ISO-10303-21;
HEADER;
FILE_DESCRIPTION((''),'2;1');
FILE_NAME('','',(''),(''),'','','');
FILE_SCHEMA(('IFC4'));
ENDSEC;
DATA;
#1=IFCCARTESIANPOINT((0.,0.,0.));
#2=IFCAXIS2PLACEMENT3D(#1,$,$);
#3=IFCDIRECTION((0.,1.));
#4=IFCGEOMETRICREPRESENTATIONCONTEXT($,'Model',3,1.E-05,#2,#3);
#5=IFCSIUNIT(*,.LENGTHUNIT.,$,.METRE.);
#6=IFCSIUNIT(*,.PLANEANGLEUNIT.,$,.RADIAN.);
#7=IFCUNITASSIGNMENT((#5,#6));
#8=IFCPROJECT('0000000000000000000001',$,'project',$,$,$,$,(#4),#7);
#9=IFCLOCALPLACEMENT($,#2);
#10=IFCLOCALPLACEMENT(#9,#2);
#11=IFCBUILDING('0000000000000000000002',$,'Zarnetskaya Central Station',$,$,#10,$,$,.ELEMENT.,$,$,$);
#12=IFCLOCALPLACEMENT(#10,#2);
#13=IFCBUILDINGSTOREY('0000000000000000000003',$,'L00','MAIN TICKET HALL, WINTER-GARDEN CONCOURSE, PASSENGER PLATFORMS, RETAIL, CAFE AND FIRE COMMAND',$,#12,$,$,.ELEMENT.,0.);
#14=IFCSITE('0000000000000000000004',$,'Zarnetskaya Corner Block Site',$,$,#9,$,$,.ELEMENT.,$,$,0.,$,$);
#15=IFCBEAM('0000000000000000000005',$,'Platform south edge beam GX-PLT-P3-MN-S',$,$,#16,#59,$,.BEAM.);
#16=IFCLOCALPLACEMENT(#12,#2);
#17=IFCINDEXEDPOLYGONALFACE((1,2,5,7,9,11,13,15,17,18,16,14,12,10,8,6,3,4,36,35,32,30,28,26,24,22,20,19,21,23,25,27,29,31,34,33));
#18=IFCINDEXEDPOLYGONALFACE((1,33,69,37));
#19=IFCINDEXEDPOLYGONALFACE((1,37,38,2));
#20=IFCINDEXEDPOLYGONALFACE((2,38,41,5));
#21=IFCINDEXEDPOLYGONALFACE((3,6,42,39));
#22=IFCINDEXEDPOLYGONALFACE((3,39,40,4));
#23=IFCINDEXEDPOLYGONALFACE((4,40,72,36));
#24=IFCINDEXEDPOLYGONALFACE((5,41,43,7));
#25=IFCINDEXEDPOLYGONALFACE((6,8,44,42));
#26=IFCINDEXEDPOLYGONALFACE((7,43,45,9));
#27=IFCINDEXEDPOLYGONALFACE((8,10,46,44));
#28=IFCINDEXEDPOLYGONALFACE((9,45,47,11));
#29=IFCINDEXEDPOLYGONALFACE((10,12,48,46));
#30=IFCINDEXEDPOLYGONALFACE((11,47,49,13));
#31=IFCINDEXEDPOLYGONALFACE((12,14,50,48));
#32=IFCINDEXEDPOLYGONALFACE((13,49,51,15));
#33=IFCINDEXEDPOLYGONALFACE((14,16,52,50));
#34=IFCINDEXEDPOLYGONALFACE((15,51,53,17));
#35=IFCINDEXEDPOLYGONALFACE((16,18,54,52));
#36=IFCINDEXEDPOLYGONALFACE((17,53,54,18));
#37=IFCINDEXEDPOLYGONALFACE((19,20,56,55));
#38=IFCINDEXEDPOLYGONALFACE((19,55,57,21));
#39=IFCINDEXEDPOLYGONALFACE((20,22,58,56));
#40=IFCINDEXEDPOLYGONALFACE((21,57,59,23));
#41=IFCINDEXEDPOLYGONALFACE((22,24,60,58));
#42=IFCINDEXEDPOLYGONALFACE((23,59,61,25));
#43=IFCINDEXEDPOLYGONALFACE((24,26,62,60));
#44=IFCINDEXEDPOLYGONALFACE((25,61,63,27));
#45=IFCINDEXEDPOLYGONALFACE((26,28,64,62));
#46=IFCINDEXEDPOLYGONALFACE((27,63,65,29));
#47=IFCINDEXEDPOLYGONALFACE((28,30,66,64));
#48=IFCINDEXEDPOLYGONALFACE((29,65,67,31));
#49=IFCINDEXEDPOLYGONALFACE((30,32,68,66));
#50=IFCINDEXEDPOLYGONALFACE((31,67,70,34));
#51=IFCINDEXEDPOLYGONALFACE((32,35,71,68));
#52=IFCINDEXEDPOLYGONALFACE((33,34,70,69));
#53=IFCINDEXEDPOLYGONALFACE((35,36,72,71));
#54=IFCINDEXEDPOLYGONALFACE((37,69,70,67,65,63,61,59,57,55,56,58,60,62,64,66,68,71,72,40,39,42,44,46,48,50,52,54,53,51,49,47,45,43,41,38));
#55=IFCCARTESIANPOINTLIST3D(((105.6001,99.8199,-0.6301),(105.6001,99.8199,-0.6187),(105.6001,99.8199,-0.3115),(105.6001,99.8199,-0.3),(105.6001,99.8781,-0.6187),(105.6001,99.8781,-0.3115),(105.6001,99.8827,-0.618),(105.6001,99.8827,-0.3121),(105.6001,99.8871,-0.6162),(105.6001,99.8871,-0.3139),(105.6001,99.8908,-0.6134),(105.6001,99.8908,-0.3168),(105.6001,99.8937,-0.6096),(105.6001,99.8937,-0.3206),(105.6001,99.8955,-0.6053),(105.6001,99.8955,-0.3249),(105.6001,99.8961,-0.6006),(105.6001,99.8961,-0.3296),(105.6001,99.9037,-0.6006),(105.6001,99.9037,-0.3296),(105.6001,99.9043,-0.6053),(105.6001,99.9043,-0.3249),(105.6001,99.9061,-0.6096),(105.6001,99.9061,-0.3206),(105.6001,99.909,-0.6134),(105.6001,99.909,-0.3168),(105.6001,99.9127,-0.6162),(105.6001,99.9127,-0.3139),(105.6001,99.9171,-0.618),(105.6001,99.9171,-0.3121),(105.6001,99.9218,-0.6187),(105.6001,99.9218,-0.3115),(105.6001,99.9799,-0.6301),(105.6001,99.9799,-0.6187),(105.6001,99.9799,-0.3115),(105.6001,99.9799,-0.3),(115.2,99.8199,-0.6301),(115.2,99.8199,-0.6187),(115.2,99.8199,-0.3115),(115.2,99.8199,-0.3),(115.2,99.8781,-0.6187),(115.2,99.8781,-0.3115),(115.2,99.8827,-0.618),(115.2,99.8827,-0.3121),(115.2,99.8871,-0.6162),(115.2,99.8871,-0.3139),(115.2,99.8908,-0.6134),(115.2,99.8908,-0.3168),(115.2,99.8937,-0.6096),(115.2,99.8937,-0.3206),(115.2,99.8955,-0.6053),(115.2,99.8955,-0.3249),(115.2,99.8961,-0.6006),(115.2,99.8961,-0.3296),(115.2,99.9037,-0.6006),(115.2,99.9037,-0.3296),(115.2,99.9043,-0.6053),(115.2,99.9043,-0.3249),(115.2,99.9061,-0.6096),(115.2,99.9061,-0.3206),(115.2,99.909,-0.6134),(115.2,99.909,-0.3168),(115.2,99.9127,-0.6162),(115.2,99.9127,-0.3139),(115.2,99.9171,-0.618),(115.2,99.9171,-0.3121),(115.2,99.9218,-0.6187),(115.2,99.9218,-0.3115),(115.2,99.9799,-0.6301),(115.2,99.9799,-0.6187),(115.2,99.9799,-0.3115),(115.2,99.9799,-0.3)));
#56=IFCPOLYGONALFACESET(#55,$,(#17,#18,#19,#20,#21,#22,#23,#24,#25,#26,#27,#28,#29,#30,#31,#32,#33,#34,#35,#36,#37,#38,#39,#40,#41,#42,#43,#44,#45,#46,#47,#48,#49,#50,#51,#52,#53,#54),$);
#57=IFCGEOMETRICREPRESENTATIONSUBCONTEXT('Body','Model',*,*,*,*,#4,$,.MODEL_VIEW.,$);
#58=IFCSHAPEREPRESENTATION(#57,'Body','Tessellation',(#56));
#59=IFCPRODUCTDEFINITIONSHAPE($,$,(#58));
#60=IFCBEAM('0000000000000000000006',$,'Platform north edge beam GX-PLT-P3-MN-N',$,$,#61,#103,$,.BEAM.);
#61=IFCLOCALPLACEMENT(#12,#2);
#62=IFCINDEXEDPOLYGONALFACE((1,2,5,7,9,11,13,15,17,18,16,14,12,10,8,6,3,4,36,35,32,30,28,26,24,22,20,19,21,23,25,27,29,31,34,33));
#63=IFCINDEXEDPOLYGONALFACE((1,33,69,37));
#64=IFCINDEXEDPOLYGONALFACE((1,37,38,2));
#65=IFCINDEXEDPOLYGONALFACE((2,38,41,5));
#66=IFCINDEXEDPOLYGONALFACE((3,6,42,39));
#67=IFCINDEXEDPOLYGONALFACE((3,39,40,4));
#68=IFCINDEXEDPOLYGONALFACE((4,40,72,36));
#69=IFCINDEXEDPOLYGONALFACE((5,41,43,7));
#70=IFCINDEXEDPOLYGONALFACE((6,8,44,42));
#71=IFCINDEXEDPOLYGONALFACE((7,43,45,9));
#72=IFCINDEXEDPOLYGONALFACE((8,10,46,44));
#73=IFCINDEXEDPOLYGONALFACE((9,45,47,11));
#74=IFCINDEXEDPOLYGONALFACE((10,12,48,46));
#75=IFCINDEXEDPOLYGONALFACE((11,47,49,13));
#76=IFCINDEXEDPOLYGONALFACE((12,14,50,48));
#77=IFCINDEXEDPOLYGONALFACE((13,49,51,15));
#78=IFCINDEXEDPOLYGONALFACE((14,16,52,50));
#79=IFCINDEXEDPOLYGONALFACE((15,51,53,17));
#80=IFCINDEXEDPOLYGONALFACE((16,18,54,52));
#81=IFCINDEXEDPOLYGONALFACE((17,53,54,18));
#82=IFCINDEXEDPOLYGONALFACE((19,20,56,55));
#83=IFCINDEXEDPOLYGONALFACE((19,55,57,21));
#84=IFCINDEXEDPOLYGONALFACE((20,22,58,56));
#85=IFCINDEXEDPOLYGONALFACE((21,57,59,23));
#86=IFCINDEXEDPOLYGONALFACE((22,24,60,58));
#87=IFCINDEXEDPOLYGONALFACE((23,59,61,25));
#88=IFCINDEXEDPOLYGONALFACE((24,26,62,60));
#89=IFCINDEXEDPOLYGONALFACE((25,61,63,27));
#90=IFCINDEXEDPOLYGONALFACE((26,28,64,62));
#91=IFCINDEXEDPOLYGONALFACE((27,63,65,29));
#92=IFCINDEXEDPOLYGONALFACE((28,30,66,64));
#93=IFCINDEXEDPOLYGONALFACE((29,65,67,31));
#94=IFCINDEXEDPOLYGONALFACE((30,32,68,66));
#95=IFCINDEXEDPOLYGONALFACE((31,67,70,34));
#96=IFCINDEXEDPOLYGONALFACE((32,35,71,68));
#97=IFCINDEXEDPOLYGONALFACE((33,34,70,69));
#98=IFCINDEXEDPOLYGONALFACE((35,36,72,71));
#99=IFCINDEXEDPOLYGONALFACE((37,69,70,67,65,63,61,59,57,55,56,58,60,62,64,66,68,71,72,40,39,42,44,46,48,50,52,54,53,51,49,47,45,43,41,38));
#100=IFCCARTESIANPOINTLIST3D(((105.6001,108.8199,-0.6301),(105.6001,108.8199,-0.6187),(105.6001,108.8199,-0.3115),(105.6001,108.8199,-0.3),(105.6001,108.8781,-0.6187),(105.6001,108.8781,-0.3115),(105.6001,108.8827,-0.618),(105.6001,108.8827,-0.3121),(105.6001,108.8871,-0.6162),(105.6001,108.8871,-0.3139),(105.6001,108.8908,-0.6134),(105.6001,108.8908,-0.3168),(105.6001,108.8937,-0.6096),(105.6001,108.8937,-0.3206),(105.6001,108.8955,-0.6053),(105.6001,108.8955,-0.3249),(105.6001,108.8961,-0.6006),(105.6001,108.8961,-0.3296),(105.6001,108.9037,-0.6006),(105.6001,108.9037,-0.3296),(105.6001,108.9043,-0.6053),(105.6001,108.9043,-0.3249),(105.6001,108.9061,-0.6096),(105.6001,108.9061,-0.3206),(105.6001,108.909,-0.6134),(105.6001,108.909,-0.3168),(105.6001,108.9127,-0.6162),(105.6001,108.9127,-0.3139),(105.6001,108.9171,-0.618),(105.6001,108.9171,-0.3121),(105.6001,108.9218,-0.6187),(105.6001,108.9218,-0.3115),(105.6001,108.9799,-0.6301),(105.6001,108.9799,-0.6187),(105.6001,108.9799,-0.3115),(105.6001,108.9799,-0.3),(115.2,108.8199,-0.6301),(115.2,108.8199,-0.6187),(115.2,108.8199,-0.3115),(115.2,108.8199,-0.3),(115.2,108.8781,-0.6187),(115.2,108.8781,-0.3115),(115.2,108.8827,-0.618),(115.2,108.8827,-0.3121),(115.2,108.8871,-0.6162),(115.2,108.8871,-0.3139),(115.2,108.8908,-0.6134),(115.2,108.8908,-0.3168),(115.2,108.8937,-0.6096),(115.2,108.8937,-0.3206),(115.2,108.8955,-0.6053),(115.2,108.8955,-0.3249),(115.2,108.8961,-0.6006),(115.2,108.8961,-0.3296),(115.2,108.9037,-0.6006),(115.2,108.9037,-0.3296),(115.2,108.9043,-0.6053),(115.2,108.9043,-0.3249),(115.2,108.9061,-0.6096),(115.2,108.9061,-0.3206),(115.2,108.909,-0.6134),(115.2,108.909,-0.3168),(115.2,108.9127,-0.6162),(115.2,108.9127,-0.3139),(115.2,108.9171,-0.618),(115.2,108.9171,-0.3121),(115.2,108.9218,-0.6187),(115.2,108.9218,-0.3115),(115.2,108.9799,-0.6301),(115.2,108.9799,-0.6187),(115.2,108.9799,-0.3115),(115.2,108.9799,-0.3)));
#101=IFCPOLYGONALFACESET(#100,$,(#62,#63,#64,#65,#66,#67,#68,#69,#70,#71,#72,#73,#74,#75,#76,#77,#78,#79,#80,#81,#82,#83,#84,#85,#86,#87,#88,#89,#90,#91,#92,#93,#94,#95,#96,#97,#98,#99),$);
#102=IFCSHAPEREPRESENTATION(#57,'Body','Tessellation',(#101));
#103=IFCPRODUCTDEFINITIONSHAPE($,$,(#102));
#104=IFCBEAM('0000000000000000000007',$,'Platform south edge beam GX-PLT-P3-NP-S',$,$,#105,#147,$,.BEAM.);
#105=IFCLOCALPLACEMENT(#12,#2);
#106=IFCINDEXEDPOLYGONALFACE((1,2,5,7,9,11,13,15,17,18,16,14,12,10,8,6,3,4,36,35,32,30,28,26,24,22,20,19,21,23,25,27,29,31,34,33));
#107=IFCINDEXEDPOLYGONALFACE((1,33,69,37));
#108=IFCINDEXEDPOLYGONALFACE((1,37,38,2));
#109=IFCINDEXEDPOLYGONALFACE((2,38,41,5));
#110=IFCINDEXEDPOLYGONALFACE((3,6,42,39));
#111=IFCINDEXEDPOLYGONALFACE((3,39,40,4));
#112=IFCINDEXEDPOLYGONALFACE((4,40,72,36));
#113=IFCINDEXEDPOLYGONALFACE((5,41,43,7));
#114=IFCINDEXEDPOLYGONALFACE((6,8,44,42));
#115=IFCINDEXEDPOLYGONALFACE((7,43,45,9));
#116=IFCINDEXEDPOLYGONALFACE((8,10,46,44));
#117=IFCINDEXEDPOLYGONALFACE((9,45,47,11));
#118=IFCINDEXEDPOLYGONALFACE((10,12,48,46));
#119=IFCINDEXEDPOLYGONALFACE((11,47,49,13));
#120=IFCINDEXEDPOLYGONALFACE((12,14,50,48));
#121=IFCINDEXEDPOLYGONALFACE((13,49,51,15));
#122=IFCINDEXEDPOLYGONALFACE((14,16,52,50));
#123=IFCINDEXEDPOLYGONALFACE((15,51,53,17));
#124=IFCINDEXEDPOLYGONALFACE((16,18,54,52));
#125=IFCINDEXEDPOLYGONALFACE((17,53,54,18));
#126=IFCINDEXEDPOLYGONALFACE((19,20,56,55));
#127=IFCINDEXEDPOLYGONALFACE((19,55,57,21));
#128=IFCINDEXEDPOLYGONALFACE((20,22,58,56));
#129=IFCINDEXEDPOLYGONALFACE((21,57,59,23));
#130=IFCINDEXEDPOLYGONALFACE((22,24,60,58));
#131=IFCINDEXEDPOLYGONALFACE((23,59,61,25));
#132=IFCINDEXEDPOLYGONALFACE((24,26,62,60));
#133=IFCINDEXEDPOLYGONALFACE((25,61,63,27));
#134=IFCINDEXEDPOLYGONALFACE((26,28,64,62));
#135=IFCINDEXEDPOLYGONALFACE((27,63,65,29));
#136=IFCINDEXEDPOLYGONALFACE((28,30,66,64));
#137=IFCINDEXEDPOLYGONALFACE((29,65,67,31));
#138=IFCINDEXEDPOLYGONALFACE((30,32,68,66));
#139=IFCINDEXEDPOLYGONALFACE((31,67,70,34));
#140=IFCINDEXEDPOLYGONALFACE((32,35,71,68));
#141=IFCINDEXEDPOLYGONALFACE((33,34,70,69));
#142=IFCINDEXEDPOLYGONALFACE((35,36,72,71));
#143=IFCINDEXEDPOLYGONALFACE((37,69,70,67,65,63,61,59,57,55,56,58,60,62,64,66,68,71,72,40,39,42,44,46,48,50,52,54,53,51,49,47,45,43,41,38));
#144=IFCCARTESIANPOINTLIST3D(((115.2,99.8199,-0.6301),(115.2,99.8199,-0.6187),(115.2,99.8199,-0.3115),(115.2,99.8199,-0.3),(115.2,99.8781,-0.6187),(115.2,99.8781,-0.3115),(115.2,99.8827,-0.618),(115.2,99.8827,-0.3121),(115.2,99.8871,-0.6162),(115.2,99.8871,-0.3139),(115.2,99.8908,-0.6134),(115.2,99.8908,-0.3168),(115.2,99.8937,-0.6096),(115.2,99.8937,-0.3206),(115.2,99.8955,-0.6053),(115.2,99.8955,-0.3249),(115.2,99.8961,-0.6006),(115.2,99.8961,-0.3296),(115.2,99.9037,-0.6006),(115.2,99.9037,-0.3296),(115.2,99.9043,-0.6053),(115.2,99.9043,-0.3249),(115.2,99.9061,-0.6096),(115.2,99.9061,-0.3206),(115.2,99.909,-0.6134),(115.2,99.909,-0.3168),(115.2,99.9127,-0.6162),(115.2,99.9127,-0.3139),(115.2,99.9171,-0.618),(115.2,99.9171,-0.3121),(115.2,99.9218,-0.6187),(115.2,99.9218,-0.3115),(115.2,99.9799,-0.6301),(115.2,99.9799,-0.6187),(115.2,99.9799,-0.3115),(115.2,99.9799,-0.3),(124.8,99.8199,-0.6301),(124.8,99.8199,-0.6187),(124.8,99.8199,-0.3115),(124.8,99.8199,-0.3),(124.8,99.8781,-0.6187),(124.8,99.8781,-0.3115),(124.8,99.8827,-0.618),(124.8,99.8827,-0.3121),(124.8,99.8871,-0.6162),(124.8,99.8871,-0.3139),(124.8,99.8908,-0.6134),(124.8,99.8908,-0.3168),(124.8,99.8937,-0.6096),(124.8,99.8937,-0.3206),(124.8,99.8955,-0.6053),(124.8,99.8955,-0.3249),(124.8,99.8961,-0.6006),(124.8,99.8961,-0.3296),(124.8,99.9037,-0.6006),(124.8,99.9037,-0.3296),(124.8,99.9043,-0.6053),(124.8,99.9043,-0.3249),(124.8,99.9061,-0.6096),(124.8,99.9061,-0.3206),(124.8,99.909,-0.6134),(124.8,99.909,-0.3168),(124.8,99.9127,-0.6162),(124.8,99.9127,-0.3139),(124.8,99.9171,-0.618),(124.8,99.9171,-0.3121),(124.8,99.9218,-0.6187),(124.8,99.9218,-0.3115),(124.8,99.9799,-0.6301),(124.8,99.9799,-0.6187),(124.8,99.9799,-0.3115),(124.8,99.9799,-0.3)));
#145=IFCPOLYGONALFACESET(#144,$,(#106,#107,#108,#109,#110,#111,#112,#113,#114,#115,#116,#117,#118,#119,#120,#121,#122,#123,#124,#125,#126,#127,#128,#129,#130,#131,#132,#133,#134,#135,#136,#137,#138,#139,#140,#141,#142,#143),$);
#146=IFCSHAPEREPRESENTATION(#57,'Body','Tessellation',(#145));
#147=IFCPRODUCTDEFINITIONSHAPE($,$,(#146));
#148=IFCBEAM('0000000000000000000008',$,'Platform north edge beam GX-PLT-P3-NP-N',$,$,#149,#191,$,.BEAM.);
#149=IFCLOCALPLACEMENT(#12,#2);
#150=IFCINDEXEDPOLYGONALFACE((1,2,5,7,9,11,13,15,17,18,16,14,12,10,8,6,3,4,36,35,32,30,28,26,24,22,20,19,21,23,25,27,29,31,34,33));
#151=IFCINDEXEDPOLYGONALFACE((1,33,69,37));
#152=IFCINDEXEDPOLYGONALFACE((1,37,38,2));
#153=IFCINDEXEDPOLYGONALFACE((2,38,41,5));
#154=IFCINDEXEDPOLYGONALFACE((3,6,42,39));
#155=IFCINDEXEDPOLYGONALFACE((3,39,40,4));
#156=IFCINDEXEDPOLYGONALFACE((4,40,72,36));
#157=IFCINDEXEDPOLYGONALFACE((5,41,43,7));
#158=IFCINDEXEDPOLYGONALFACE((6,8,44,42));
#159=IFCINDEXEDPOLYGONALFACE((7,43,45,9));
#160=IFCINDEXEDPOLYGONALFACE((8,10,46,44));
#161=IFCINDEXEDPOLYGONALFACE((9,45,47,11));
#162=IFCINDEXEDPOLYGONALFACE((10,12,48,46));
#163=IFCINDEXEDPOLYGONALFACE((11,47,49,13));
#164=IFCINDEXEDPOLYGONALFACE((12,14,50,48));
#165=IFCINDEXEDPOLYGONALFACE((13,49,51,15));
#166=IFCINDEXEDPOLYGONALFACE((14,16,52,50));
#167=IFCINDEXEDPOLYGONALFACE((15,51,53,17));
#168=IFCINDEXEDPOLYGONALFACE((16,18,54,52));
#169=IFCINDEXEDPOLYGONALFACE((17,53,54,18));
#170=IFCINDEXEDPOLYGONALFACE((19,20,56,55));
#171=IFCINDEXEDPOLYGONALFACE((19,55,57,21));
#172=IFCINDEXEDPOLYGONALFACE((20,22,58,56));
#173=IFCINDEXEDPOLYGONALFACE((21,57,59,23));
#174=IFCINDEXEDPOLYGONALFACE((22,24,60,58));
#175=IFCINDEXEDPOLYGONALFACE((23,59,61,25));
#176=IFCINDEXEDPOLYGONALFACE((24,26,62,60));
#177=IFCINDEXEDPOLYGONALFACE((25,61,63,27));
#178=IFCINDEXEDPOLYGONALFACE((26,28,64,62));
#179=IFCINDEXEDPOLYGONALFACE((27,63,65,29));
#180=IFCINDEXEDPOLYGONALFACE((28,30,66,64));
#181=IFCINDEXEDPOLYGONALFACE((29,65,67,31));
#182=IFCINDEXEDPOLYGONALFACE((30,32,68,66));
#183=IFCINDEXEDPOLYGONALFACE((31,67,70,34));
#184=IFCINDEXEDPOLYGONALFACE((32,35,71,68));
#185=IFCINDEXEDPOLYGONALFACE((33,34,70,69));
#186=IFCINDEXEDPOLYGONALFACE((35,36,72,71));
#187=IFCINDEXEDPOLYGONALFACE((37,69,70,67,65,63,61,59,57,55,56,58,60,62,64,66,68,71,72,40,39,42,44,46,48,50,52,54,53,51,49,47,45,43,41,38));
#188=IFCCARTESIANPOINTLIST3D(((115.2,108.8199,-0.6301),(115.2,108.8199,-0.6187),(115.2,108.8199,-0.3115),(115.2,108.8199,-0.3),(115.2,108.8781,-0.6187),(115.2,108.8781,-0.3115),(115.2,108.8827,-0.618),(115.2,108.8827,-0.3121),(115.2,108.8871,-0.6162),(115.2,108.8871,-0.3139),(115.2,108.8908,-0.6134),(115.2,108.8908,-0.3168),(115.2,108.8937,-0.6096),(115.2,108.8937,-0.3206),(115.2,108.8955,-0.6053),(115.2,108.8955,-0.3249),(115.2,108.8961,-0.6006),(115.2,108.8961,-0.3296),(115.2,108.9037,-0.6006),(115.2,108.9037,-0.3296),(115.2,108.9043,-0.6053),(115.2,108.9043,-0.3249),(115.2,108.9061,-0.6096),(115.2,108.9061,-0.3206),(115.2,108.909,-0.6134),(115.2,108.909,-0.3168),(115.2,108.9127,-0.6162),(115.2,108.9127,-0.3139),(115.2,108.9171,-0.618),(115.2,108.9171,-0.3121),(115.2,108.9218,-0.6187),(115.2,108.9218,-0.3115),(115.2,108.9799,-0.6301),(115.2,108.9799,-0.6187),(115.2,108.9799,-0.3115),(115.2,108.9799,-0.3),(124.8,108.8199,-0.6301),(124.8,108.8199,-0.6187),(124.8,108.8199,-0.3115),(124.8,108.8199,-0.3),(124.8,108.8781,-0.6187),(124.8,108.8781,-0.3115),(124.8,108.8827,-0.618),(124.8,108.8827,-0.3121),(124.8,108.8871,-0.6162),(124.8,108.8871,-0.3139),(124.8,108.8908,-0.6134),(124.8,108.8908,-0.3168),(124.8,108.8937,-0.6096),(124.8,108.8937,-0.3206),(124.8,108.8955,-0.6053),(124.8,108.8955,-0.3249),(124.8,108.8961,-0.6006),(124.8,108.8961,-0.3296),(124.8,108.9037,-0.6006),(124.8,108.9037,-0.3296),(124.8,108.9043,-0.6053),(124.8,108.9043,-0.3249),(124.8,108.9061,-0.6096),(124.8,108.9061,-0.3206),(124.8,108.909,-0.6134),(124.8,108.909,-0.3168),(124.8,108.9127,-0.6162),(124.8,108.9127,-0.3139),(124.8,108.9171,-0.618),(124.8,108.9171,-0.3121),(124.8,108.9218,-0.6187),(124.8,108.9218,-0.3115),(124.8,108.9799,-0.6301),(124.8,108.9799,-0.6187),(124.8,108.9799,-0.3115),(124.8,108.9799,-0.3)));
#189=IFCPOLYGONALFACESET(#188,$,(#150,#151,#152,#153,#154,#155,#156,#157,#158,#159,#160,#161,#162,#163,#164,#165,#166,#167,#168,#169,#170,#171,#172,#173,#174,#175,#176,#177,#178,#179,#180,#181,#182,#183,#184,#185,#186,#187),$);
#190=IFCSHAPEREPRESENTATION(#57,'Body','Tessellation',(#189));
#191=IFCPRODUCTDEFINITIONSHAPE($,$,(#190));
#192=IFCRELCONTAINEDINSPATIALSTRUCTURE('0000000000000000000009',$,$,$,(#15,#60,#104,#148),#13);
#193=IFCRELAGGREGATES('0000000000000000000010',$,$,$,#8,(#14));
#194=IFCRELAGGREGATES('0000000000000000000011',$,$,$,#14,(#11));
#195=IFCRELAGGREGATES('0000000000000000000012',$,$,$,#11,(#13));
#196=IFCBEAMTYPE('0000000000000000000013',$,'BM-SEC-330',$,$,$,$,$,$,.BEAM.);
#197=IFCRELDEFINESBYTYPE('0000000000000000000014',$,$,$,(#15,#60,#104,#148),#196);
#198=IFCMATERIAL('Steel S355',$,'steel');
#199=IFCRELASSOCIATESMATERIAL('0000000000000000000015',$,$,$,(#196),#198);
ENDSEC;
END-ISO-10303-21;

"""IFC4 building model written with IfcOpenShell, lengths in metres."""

from ifc_helpers import new_model, si_unit, direction, frame, origin, origin_2d, place, context, subcontext, project, spatial, i_section, extrude, material, material_profile, profile_set, type_object, element, save


model = new_model("IFC4")

# Units and contexts
model_context = context("Model", 3, precision=1e-05, world=origin(), true_north=direction((0.0, 1.0)))
body_context = subcontext(model_context, "Body", "Model", "MODEL_VIEW")
ifc_project = project(units=[si_unit("LENGTHUNIT", "METRE"), si_unit("PLANEANGLEUNIT", "RADIAN")], contexts=[model_context])

# Site, building, storey
site_placement = place(None, origin())
site = spatial("IfcSite", under=ifc_project, at=site_placement, Name="Zarnetskaya Corner Block Site", CompositionType="ELEMENT", RefElevation=0.0)
building_placement = place(site_placement, origin())
building = spatial("IfcBuilding", under=site, at=building_placement, Name="Zarnetskaya Central Station", CompositionType="ELEMENT")
storey_placement = place(building_placement, origin())
storey = spatial("IfcBuildingStorey", under=building, at=storey_placement, Name="L00", Description="MAIN TICKET HALL, WINTER-GARDEN CONCOURSE, PASSENGER PLATFORMS, RETAIL, CAFE AND FIRE COMMAND", CompositionType="ELEMENT", Elevation=0.0)

# Shared definitions
ifc_material = material(Name="Steel S355", Category="steel")

# Beams
ifc_material_profile_1 = material_profile(ifc_material, i_section(OverallWidth=0.1599, OverallDepth=0.3301, WebThickness=0.0076, FlangeThickness=0.0115, FilletRadius=0.0181, at=origin_2d()), Name="IPE 330")
ifc_profile_set_1 = profile_set([ifc_material_profile_1], Name="Steel S355")
beam_type_1 = type_object("IfcBeamType", Name="BM-SEC-330", PredefinedType="BEAM", material=ifc_profile_set_1)
for number, where, z_axis, x_axis, name in (
    (1, (105.6001, 99.8999, -0.4651), (1.0, 0.0, 0.0), (0.0, 1.0, 0.0), "Platform south edge beam GX-PLT-P3-MN-S"),
    (2, (105.6001, 108.8999, -0.4651), (1.0, 0.0, 0.0), (0.0, 1.0, 0.0), "Platform north edge beam GX-PLT-P3-MN-N"),
):
    element("IfcBeam", number, at=place(storey_placement, frame(where, z_axis=z_axis, x_axis=x_axis)), inside=storey, type_object=beam_type_1, Name=name, PredefinedType="BEAM", context=body_context, shape_type="SweptSolid", body=[
        extrude(i_section(OverallWidth=0.1599, OverallDepth=0.3301, WebThickness=0.0076, FlangeThickness=0.0115, FilletRadius=0.0181, at=origin_2d()), origin(), (0.0, 0.0, 1.0), 9.5999),
    ])
for number, where, z_axis, x_axis, name in (
    (3, (115.2, 99.8999, -0.4651), (1.0, 0.0, 0.0), (0.0, 1.0, 0.0), "Platform south edge beam GX-PLT-P3-NP-S"),
    (4, (115.2, 108.8999, -0.4651), (1.0, 0.0, 0.0), (0.0, 1.0, 0.0), "Platform north edge beam GX-PLT-P3-NP-N"),
):
    element("IfcBeam", number, at=place(storey_placement, frame(where, z_axis=z_axis, x_axis=x_axis)), inside=storey, type_object=beam_type_1, Name=name, PredefinedType="BEAM", context=body_context, shape_type="SweptSolid", body=[
        extrude(i_section(OverallWidth=0.1599, OverallDepth=0.3301, WebThickness=0.0076, FlangeThickness=0.0115, FilletRadius=0.0181, at=origin_2d()), origin(), (0.0, 0.0, 1.0), 9.6001),
    ])

save(model, "model.ifc")
